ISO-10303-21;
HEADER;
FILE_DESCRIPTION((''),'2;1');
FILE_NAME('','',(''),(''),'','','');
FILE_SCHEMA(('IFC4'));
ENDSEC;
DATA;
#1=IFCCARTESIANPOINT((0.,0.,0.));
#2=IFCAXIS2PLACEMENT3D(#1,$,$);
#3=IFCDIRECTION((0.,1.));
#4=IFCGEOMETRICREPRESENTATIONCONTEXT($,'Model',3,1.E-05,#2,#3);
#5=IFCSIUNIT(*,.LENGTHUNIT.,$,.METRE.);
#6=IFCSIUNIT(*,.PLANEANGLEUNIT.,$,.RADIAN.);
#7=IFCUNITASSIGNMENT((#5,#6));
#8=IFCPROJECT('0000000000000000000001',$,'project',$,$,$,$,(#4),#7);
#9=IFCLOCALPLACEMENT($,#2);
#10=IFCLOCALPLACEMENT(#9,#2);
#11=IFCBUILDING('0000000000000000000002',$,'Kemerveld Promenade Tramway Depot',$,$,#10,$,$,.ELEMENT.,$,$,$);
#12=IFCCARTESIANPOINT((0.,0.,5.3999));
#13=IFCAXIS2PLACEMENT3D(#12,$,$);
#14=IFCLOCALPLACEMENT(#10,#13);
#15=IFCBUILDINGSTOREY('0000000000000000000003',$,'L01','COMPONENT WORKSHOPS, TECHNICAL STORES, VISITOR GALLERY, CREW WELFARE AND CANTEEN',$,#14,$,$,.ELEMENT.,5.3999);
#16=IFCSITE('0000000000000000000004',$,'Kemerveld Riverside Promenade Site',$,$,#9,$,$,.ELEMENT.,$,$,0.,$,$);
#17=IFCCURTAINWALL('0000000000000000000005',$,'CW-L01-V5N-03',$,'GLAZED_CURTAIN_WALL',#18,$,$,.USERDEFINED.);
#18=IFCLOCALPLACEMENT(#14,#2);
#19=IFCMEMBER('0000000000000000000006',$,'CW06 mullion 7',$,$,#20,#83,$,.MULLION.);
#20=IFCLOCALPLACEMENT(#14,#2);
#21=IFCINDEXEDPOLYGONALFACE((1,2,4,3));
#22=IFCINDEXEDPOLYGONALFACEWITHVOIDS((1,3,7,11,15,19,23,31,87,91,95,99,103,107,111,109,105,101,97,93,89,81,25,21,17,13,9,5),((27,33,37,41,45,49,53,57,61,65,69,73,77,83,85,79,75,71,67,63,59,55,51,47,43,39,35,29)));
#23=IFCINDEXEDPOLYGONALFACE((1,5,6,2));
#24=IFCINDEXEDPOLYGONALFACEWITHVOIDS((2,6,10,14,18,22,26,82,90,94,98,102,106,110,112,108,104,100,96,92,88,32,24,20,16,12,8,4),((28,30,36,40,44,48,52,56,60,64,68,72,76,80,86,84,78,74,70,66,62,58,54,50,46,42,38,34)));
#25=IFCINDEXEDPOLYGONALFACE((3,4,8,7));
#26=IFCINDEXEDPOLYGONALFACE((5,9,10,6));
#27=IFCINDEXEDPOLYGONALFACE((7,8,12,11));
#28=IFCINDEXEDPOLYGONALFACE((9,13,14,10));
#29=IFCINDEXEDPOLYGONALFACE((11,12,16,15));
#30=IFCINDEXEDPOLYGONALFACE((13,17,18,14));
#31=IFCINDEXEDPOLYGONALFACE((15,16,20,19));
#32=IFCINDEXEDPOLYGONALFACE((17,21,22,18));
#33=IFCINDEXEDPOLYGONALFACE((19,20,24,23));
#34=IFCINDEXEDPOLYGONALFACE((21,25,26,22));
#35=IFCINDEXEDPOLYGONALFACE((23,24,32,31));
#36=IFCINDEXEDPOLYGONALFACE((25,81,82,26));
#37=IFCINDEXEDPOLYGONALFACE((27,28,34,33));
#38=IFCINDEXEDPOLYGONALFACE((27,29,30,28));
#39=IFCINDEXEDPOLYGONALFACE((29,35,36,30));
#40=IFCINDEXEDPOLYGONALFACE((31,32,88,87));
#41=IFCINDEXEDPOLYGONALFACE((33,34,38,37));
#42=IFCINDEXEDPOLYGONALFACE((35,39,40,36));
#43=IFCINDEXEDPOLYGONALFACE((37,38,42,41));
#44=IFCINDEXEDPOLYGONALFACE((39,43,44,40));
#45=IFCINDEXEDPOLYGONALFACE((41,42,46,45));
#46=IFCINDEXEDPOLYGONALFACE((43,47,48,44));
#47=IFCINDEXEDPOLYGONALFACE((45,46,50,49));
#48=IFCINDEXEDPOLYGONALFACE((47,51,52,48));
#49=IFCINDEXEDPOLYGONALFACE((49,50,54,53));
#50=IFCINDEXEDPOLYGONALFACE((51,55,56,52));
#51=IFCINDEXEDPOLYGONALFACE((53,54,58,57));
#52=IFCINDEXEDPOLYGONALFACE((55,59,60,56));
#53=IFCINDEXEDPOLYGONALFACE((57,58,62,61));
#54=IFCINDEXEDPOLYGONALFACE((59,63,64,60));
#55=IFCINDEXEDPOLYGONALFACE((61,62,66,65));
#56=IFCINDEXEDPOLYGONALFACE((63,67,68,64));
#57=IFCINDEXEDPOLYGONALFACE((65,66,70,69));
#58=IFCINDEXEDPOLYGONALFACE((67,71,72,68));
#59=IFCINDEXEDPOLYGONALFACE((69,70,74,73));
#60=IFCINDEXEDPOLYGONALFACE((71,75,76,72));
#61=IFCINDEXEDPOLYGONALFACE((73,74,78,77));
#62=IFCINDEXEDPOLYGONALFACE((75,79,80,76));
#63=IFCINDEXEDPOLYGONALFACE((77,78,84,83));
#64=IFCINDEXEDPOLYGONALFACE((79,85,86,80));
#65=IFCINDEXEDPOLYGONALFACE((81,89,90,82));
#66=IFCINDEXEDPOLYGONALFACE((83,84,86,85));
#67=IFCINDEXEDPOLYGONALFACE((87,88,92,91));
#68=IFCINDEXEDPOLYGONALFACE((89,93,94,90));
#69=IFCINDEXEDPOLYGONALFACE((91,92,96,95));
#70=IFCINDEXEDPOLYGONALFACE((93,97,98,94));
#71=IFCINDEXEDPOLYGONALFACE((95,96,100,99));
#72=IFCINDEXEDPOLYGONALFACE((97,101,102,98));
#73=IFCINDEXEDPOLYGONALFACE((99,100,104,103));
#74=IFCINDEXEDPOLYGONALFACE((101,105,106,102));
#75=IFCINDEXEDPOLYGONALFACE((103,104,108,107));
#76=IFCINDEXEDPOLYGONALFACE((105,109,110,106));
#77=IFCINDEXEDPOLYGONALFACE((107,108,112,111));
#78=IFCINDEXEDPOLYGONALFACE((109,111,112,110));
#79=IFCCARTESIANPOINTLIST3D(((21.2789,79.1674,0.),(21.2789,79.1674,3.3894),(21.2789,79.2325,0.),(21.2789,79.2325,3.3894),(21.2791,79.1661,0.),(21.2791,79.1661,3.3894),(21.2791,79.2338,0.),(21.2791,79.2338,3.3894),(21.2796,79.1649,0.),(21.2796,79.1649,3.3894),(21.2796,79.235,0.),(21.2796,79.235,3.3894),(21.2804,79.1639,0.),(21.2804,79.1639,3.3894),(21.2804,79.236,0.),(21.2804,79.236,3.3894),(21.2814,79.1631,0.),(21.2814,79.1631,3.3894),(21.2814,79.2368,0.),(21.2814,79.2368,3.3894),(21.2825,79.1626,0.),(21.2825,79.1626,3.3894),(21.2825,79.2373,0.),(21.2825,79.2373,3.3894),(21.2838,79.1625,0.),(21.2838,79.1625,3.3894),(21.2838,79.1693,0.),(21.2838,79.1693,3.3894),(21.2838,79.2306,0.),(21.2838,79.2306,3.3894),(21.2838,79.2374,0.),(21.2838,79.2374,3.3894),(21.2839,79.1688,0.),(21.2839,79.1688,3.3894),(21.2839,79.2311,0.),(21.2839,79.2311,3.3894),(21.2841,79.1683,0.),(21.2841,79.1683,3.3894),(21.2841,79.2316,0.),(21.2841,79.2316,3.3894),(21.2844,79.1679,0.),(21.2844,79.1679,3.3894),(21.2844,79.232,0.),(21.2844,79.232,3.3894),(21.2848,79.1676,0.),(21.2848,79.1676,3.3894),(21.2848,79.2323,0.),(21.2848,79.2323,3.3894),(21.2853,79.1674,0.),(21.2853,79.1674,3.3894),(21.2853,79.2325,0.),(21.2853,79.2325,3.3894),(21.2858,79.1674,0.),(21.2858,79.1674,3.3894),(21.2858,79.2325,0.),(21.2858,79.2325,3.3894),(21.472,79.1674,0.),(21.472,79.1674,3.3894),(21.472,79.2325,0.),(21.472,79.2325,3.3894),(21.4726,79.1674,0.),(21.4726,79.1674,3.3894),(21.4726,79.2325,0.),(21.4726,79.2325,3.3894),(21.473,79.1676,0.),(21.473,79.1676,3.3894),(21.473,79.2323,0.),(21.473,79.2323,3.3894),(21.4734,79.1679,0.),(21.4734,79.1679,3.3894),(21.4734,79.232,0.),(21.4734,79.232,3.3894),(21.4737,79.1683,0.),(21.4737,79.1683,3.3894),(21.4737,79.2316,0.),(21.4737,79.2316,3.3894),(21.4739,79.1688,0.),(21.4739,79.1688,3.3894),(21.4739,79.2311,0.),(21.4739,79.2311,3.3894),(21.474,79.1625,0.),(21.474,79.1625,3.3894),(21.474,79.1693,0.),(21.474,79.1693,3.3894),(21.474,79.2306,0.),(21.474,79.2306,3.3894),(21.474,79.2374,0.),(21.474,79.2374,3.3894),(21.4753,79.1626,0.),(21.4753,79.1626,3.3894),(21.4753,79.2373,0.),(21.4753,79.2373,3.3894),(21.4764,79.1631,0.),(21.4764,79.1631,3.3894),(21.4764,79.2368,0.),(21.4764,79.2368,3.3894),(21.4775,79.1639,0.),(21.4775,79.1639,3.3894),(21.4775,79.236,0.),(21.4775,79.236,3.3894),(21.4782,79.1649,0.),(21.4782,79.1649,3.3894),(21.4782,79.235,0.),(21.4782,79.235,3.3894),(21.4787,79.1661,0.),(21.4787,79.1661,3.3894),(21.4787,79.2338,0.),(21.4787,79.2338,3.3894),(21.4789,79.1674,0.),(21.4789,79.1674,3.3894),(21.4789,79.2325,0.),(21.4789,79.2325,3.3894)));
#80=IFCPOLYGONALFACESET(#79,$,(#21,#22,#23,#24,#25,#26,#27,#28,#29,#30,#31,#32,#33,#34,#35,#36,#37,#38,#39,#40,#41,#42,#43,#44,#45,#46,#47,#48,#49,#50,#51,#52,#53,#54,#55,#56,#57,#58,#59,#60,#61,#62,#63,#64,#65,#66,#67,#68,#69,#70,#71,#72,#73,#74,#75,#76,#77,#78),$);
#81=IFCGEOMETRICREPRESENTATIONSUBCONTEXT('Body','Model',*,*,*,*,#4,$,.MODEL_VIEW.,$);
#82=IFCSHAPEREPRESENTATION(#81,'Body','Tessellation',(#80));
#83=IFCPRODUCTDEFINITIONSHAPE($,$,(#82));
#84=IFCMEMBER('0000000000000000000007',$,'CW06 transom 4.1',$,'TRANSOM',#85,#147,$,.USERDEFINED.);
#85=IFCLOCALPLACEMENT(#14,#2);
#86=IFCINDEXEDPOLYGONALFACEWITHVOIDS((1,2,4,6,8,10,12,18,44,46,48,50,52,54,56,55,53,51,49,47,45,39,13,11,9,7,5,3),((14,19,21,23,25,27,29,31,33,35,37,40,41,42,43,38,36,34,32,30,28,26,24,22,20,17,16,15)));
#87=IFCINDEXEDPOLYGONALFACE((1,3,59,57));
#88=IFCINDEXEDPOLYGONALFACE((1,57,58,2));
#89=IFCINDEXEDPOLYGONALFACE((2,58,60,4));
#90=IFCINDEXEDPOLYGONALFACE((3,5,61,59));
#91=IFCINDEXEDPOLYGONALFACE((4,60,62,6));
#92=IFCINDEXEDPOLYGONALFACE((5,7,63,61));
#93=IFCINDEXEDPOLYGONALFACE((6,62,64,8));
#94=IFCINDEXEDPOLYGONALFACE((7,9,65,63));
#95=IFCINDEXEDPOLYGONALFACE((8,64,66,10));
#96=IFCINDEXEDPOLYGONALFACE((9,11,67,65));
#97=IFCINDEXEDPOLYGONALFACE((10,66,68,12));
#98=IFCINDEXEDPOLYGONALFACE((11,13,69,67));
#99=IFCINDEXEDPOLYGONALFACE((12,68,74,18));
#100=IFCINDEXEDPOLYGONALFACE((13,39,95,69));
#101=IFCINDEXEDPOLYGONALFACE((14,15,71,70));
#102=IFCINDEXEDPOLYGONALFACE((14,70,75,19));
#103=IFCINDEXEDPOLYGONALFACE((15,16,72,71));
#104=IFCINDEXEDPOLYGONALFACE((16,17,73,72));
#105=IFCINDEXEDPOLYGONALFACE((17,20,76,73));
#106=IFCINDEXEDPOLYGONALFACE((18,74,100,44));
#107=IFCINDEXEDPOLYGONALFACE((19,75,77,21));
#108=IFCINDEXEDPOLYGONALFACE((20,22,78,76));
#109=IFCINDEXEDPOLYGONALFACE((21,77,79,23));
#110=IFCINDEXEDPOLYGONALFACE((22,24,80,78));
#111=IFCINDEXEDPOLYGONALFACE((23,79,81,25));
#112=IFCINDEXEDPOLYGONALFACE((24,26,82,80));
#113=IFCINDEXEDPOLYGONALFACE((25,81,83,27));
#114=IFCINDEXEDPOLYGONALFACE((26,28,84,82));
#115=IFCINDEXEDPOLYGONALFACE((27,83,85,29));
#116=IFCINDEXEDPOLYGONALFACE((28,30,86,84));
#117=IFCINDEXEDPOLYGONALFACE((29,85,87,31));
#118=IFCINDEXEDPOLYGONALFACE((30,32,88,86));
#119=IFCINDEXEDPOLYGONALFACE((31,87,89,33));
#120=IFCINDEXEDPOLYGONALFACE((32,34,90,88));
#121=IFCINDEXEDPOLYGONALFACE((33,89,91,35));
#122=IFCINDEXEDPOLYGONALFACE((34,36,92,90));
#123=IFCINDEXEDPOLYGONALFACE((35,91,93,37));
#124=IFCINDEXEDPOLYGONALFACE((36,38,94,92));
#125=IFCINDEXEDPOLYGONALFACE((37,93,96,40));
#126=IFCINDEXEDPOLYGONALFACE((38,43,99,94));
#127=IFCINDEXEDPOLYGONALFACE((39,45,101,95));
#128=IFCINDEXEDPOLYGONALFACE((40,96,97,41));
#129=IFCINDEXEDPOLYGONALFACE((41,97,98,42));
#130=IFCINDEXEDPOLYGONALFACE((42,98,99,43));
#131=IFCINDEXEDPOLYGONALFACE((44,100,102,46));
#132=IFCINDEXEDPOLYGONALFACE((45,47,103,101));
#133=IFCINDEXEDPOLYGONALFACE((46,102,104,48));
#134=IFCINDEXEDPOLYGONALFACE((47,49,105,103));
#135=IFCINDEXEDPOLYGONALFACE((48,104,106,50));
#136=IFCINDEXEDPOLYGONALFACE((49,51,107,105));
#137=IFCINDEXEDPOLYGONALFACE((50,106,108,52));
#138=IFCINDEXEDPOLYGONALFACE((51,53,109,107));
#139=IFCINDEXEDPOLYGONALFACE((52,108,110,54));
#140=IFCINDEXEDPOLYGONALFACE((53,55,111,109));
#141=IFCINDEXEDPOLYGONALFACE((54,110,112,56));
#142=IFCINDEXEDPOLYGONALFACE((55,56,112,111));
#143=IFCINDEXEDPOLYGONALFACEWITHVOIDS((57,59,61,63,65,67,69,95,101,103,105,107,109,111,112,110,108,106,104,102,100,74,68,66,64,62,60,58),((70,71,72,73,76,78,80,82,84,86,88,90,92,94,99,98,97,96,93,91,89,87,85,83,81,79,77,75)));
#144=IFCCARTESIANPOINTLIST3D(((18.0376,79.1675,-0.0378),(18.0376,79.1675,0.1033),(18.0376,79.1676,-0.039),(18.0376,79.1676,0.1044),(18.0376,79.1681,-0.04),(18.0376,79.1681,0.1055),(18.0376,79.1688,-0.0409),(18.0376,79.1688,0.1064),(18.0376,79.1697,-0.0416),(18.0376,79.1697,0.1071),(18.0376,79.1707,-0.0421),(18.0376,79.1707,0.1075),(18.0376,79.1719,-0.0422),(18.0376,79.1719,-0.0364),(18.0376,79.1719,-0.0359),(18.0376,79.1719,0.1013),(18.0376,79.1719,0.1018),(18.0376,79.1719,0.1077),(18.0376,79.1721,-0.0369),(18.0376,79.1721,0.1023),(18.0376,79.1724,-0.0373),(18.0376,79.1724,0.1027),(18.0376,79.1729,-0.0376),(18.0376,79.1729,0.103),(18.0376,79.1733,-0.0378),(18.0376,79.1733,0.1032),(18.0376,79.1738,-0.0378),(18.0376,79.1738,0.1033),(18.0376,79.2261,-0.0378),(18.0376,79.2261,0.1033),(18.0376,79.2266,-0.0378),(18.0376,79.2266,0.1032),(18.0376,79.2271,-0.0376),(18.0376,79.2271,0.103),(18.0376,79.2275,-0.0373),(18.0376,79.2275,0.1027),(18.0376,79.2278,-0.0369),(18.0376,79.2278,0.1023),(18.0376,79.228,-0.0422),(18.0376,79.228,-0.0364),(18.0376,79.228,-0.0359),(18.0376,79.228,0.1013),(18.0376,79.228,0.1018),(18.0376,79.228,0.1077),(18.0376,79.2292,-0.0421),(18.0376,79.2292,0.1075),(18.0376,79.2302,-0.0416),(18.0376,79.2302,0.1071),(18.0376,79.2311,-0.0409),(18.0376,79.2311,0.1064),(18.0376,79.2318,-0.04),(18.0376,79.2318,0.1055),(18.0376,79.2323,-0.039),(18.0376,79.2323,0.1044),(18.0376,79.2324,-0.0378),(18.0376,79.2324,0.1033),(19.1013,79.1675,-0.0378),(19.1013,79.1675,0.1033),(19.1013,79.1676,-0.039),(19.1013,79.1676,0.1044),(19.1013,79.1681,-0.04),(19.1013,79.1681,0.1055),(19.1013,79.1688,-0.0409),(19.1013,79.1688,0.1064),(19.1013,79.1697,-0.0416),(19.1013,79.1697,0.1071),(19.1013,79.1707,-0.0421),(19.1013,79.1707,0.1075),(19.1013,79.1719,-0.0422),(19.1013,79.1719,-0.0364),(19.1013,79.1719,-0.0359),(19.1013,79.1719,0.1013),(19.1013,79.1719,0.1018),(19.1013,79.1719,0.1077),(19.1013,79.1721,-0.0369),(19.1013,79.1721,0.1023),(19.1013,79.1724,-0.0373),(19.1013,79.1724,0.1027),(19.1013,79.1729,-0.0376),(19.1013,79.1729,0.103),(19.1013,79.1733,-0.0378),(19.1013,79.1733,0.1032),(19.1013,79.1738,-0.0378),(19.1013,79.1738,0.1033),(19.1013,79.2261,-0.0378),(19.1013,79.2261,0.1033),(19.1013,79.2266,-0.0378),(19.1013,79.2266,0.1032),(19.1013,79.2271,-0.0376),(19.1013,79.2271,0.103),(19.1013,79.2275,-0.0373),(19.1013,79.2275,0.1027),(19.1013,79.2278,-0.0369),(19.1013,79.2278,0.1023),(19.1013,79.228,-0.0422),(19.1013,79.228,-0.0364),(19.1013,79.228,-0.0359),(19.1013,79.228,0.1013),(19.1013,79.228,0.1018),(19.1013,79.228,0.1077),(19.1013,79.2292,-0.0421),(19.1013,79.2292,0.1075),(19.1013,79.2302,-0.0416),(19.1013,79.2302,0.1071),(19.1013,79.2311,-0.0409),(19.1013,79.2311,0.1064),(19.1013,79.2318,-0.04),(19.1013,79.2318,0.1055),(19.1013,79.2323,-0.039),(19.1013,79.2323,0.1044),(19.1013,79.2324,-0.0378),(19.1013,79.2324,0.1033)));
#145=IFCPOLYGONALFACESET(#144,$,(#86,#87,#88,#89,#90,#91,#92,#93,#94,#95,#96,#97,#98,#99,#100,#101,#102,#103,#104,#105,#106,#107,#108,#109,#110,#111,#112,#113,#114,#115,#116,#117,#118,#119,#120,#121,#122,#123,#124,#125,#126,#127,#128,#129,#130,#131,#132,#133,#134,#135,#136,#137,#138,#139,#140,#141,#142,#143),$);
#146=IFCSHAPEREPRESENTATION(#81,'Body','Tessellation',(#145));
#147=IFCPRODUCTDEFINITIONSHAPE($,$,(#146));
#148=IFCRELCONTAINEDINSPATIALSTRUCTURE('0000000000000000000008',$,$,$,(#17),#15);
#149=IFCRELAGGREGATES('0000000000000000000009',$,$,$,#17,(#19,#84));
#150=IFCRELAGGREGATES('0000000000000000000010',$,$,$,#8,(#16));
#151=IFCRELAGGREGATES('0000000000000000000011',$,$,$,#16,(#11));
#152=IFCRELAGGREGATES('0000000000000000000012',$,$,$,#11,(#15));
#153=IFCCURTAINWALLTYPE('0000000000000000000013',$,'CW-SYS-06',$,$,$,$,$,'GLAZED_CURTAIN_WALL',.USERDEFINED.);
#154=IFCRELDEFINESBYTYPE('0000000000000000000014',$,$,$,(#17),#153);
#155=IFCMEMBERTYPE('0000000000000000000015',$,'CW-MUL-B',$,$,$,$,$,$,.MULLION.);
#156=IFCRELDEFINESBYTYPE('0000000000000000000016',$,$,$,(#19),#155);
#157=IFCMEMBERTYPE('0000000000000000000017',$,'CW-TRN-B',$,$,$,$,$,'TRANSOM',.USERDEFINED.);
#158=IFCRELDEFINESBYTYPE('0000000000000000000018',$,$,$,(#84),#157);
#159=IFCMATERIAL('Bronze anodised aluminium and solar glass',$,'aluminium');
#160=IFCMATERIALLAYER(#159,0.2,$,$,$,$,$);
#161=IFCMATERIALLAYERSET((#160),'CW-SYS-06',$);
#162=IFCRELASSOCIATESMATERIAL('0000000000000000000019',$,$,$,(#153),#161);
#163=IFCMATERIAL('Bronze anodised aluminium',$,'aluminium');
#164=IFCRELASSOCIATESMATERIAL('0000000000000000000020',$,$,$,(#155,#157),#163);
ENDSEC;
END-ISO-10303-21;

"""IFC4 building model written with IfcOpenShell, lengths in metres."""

from ifc_helpers import new_model, si_unit, direction, frame, origin, origin_2d, place, context, subcontext, project, spatial, hollow_rectangle, extrude, material, layer, layer_set, material_profile, profile_set, type_object, element, aggregate, save


model = new_model("IFC4")

# Units and contexts
model_context = context("Model", 3, precision=1e-05, world=origin(), true_north=direction((0.0, 1.0)))
body_context = subcontext(model_context, "Body", "Model", "MODEL_VIEW")
ifc_project = project(units=[si_unit("LENGTHUNIT", "METRE"), si_unit("PLANEANGLEUNIT", "RADIAN")], contexts=[model_context])

# Site, building, storey
site_placement = place(None, origin())
site = spatial("IfcSite", under=ifc_project, at=site_placement, Name="Kemerveld Riverside Promenade Site", CompositionType="ELEMENT", RefElevation=0.0)
building_placement = place(site_placement, origin())
building = spatial("IfcBuilding", under=site, at=building_placement, Name="Kemerveld Promenade Tramway Depot", CompositionType="ELEMENT")
storey_placement = place(building_placement, frame((0.0, 0.0, 5.3999)))
storey = spatial("IfcBuildingStorey", under=building, at=storey_placement, Name="L01", Description="COMPONENT WORKSHOPS, TECHNICAL STORES, VISITOR GALLERY, CREW WELFARE AND CANTEEN", CompositionType="ELEMENT", Elevation=5.3999)

# Curtain wall, members
ifc_material_1 = material(Name="Bronze anodised aluminium and solar glass", Category="aluminium")
ifc_layer_1 = layer(ifc_material_1, 0.2)
ifc_layer_set_1 = layer_set([ifc_layer_1], Name="CW-SYS-06")
curtain_wall_type = type_object("IfcCurtainWallType", Name="CW-SYS-06", ElementType="GLAZED_CURTAIN_WALL", PredefinedType="USERDEFINED", material=ifc_layer_set_1)
curtain_wall_placement = place(storey_placement, origin())
curtain_wall = element("IfcCurtainWall", 1, at=curtain_wall_placement, inside=storey, type_object=curtain_wall_type, Name="CW-L01-V5N-03", ObjectType="GLAZED_CURTAIN_WALL", PredefinedType="USERDEFINED")
ifc_material_2 = material(Name="Bronze anodised aluminium", Category="aluminium")
ifc_material_profile_1 = material_profile(ifc_material_2, hollow_rectangle(XDim=0.075, YDim=0.2, WallThickness=0.0049, InnerFilletRadius=0.002, OuterFilletRadius=0.0049, at=origin_2d()), Name="CW-MUL-200x75")
ifc_profile_set_1 = profile_set([ifc_material_profile_1], Name="Bronze anodised aluminium")
member_type_1 = type_object("IfcMemberType", Name="CW-MUL-B", PredefinedType="MULLION", material=ifc_profile_set_1)
member_1_placement = place(storey_placement, frame((21.3789, 79.2, 0.0), z_axis=(0.0, 0.0, 1.0), x_axis=(0.0, 1.0, 0.0)))
member_1 = element("IfcMember", 2, at=member_1_placement, type_object=member_type_1, Name="CW06 mullion 7", PredefinedType="MULLION", context=body_context, shape_type="SweptSolid", body=[
    extrude(hollow_rectangle(XDim=0.075, YDim=0.2, WallThickness=0.0049, InnerFilletRadius=0.002, OuterFilletRadius=0.0049, at=origin_2d()), origin(), (0.0, 0.0, 1.0), 3.3894),
])
ifc_material_profile_2 = material_profile(ifc_material_2, hollow_rectangle(XDim=0.0649, YDim=0.1499, WallThickness=0.0044, InnerFilletRadius=0.002, OuterFilletRadius=0.0044, at=origin_2d()), Name="CW-TRN-150x65")
ifc_profile_set_2 = profile_set([ifc_material_profile_2], Name="Bronze anodised aluminium")
member_type_2 = type_object("IfcMemberType", Name="CW-TRN-B", ElementType="TRANSOM", PredefinedType="USERDEFINED", material=ifc_profile_set_2)
member_2_placement = place(storey_placement, frame((18.0376, 79.2, 0.0327), z_axis=(1.0, 0.0, 0.0), x_axis=(0.0, 1.0, 0.0)))
member_2 = element("IfcMember", 3, at=member_2_placement, type_object=member_type_2, Name="CW06 transom 4.1", ObjectType="TRANSOM", PredefinedType="USERDEFINED", context=body_context, shape_type="SweptSolid", body=[
    extrude(hollow_rectangle(XDim=0.0649, YDim=0.1499, WallThickness=0.0044, InnerFilletRadius=0.002, OuterFilletRadius=0.0044, at=origin_2d()), origin(), (0.0, 0.0, 1.0), 1.0637),
])
aggregate(curtain_wall, [member_1, member_2])

save(model, "model.ifc")
